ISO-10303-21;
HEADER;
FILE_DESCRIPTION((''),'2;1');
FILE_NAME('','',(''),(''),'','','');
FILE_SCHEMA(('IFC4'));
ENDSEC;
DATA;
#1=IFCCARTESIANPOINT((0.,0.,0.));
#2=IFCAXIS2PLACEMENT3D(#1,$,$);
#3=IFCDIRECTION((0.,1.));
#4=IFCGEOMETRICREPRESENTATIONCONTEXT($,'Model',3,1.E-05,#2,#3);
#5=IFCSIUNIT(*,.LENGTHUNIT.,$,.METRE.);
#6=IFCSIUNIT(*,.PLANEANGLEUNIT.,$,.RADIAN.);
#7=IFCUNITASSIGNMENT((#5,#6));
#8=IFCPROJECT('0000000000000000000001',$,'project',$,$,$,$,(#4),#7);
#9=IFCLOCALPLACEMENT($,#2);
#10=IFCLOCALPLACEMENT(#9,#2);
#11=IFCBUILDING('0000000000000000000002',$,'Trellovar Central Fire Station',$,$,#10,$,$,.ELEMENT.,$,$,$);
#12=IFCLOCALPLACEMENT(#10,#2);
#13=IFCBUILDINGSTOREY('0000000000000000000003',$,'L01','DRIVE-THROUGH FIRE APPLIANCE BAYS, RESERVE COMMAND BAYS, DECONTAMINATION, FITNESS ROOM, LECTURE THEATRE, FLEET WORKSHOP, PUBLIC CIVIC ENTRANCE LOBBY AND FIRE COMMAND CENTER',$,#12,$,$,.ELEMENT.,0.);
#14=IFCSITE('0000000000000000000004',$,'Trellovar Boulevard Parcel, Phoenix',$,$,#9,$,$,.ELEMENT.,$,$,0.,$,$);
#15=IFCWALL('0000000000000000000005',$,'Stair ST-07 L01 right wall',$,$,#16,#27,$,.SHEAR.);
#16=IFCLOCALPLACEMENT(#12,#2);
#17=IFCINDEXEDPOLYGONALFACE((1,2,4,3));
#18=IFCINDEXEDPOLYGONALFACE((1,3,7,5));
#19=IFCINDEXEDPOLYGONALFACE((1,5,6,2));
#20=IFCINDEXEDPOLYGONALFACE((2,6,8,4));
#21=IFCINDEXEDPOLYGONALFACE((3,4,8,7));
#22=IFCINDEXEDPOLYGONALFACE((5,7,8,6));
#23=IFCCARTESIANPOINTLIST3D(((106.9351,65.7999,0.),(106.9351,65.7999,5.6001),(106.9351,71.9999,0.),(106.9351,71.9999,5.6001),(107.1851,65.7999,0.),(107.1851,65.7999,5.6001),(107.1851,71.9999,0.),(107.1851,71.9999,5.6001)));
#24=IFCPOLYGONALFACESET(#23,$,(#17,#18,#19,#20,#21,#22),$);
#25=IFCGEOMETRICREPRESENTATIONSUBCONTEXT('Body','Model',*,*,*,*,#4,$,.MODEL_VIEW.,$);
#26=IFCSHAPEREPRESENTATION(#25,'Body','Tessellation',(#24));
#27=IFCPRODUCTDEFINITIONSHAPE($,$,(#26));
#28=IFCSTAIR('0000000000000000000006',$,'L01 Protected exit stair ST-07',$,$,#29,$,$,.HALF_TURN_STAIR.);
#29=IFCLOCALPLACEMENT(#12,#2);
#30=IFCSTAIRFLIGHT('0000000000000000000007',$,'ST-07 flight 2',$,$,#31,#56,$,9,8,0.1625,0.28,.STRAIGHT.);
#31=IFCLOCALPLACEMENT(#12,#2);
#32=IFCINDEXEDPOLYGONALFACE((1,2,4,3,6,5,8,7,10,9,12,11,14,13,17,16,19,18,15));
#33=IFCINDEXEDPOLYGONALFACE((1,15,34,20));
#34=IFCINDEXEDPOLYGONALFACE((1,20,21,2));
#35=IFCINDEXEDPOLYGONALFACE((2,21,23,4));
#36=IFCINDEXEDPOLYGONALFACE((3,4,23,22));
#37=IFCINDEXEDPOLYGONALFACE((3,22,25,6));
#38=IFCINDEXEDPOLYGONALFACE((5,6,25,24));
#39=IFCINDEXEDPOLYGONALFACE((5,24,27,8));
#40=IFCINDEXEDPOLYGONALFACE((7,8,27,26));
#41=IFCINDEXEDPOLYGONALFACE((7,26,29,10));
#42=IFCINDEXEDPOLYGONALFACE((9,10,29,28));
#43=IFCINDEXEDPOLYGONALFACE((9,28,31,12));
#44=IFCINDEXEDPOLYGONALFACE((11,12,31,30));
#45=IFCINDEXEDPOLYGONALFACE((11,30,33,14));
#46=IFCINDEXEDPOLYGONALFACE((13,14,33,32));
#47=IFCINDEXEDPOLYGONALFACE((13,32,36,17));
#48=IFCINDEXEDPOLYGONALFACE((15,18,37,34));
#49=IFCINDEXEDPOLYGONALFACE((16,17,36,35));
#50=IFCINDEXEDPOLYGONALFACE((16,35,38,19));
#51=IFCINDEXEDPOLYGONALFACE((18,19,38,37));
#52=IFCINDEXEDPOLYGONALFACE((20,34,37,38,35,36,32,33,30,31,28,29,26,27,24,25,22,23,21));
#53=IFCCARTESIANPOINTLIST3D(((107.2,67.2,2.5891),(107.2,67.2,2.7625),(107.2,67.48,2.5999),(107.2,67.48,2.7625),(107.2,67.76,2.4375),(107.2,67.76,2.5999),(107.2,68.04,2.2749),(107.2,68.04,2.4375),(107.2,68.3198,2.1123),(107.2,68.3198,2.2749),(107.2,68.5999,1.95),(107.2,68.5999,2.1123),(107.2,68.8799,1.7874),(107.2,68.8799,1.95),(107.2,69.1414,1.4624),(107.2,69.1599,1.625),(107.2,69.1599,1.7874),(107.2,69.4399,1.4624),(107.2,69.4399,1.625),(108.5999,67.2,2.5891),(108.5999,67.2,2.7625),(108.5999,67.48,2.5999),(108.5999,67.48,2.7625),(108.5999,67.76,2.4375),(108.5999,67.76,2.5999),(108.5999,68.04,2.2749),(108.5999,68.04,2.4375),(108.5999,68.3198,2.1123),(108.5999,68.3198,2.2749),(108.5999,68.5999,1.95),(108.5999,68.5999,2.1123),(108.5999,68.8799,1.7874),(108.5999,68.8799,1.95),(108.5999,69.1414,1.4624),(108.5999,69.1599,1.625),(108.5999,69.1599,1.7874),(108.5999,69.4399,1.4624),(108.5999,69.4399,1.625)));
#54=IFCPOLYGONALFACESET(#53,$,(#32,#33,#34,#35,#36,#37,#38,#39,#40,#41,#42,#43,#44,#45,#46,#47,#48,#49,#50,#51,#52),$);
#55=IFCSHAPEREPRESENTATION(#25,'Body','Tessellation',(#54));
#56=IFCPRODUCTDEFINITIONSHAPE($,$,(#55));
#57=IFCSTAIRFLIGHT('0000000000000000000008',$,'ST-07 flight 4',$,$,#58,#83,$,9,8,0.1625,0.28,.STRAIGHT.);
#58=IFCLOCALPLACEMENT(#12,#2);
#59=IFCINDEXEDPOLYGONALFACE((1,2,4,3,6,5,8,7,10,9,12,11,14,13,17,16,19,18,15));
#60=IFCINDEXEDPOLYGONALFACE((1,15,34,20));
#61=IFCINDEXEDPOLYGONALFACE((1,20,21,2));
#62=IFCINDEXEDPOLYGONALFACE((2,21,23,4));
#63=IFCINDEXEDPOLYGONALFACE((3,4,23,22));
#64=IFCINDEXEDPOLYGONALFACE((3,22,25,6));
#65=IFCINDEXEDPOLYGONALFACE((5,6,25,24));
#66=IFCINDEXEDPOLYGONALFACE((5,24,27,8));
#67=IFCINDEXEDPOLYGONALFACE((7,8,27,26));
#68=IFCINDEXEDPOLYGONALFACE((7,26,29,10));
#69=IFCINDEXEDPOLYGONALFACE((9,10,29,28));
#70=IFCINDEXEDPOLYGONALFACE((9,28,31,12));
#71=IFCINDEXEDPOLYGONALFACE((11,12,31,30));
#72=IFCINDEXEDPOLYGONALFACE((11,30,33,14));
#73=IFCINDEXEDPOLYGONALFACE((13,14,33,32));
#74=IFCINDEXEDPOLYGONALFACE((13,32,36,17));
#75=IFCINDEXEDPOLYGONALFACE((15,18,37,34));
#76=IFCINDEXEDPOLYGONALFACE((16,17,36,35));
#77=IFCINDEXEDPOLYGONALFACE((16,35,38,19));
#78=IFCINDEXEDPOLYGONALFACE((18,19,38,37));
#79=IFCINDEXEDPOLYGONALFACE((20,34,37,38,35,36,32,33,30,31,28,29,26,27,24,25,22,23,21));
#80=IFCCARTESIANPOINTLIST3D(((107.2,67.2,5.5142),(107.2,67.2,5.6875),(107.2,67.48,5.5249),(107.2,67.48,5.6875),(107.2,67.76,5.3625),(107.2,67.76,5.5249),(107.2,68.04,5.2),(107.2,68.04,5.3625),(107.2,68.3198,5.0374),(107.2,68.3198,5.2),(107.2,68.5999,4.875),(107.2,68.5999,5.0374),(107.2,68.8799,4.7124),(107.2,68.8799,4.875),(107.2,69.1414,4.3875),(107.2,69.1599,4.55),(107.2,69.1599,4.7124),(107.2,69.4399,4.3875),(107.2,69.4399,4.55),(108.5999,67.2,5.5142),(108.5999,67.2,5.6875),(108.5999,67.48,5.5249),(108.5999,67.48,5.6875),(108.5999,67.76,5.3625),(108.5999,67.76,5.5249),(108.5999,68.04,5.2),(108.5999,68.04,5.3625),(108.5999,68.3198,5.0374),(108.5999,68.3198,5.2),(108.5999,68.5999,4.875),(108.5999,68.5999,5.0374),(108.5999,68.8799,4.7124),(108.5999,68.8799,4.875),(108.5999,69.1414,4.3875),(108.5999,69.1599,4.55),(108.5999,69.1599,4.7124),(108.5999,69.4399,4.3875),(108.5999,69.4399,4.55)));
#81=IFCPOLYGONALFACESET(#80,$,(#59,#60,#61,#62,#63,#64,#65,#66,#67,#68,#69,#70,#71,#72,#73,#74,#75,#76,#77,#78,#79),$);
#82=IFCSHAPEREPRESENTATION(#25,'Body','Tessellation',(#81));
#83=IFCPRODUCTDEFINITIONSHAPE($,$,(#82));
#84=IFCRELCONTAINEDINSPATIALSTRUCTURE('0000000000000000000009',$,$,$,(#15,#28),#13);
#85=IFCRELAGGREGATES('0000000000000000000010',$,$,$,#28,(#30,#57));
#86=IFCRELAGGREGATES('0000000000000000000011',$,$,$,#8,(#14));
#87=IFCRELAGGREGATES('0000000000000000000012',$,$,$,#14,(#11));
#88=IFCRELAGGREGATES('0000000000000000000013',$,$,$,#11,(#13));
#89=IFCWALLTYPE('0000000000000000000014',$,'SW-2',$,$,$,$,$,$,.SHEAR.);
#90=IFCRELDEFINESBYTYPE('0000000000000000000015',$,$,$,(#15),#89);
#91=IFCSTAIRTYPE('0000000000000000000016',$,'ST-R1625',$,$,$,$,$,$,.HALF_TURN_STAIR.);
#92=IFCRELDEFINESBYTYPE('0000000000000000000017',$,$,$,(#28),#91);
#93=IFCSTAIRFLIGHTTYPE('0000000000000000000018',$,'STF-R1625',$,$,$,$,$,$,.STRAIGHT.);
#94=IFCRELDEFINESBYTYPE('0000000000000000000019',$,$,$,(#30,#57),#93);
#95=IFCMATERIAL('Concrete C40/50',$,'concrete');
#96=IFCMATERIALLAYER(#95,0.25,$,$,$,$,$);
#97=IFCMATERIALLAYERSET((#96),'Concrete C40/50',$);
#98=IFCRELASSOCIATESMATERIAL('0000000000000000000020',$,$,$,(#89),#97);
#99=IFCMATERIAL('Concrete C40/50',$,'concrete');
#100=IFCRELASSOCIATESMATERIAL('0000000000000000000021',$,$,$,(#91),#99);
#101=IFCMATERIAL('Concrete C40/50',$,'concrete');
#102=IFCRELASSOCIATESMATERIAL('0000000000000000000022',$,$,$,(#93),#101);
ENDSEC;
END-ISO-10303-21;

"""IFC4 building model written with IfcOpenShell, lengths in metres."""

from ifc_helpers import new_model, si_unit, direction, frame, frame_2d, origin, place, context, subcontext, project, spatial, polyline, rectangle, outline, extrude, material, layer, layer_set, type_object, element, aggregate, save


model = new_model("IFC4")

# Units and contexts
model_context = context("Model", 3, precision=1e-05, world=origin(), true_north=direction((0.0, 1.0)))
body_context = subcontext(model_context, "Body", "Model", "MODEL_VIEW")
ifc_project = project(units=[si_unit("LENGTHUNIT", "METRE"), si_unit("PLANEANGLEUNIT", "RADIAN")], contexts=[model_context])

# Site, building, storey
site_placement = place(None, origin())
site = spatial("IfcSite", under=ifc_project, at=site_placement, Name="Trellovar Boulevard Parcel, Phoenix", CompositionType="ELEMENT", RefElevation=0.0)
building_placement = place(site_placement, origin())
building = spatial("IfcBuilding", under=site, at=building_placement, Name="Trellovar Central Fire Station", CompositionType="ELEMENT")
storey_placement = place(building_placement, origin())
storey = spatial("IfcBuildingStorey", under=building, at=storey_placement, Name="L01", Description="DRIVE-THROUGH FIRE APPLIANCE BAYS, RESERVE COMMAND BAYS, DECONTAMINATION, FITNESS ROOM, LECTURE THEATRE, FLEET WORKSHOP, PUBLIC CIVIC ENTRANCE LOBBY AND FIRE COMMAND CENTER", CompositionType="ELEMENT", Elevation=0.0)

# Wall
ifc_material_1 = material(Name="Concrete C40/50", Category="concrete")
ifc_layer_1 = layer(ifc_material_1, 0.25)
ifc_layer_set_1 = layer_set([ifc_layer_1], Name="Concrete C40/50")
wall_type_1 = type_object("IfcWallType", Name="SW-2", PredefinedType="SHEAR", material=ifc_layer_set_1)
wall_1_placement = place(storey_placement, frame((107.0601, 72.0, 0.0), z_axis=(0.0, 0.0, 1.0), x_axis=(0.0, -1.0, 0.0)))
element("IfcWall", 1, at=wall_1_placement, inside=storey, type_object=wall_type_1, Name="Stair ST-07 L01 right wall", PredefinedType="SHEAR", context=body_context, shape_type="SweptSolid", body=[
    extrude(rectangle(XDim=6.2, YDim=0.25, at=frame_2d((3.1001, 0.0))), origin(), (0.0, 0.0, 1.0), 5.6001),
])

# Stair, stair flights
ifc_material_2 = material(Name="Concrete C40/50", Category="concrete")
stair_type = type_object("IfcStairType", Name="ST-R1625", PredefinedType="HALF_TURN_STAIR", material=ifc_material_2)
stair_placement = place(storey_placement, origin())
stair = element("IfcStair", 2, at=stair_placement, inside=storey, type_object=stair_type, Name="L01 Protected exit stair ST-07", PredefinedType="HALF_TURN_STAIR")
ifc_material_3 = material(Name="Concrete C40/50", Category="concrete")
stair_flight_type = type_object("IfcStairFlightType", Name="STF-R1625", PredefinedType="STRAIGHT", material=ifc_material_3)
stair_flight_1_placement = place(storey_placement, frame((107.8999, 69.4399, 1.4624), z_axis=(0.0, 0.0, 1.0), x_axis=(0.0, -1.0, 0.0)))
stair_flight_1 = element("IfcStairFlight", 3, at=stair_flight_1_placement, type_object=stair_flight_type, Name="ST-07 flight 2", NumberOfRisers=9, NumberOfTreads=8, PredefinedType="STRAIGHT", RiserHeight=0.1625, TreadLength=0.28, context=body_context, shape_type="SweptSolid", body=[
    extrude(outline(polyline([(0.0, 0.0), (0.0, 0.1626), (0.28, 0.1626), (0.28, 0.325), (0.5601, 0.325), (0.5601, 0.4875), (0.8401, 0.4875), (0.8401, 0.6499), (1.1201, 0.6499), (1.1201, 0.8125), (1.3999, 0.8125), (1.3999, 0.9751), (1.6799, 0.9751), (1.6799, 1.1375), (1.96, 1.1375), (1.96, 1.3), (2.24, 1.3), (2.24, 1.4624), (2.24, 1.1267), (0.2986, 0.0), (0.0, 0.0)])), frame((0.0, 0.7, 0.0), z_axis=(0.0, -1.0, 0.0), x_axis=(1.0, 0.0, 0.0)), (0.0, 0.0, 1.0), 1.3999),
])
stair_flight_2_placement = place(storey_placement, frame((107.8999, 69.4399, 4.3875), z_axis=(0.0, 0.0, 1.0), x_axis=(0.0, -1.0, 0.0)))
stair_flight_2 = element("IfcStairFlight", 4, at=stair_flight_2_placement, type_object=stair_flight_type, Name="ST-07 flight 4", NumberOfRisers=9, NumberOfTreads=8, PredefinedType="STRAIGHT", RiserHeight=0.1625, TreadLength=0.28, context=body_context, shape_type="SweptSolid", body=[
    extrude(outline(polyline([(0.0, 0.0), (0.0, 0.1626), (0.28, 0.1626), (0.28, 0.325), (0.5601, 0.325), (0.5601, 0.4875), (0.8401, 0.4875), (0.8401, 0.6499), (1.1201, 0.6499), (1.1201, 0.8125), (1.3999, 0.8125), (1.3999, 0.9751), (1.6799, 0.9751), (1.6799, 1.1375), (1.96, 1.1375), (1.96, 1.3), (2.24, 1.3), (2.24, 1.4624), (2.24, 1.1267), (0.2986, 0.0), (0.0, 0.0)])), frame((0.0, 0.7, 0.0), z_axis=(0.0, -1.0, 0.0), x_axis=(1.0, 0.0, 0.0)), (0.0, 0.0, 1.0), 1.3999),
])
aggregate(stair, [stair_flight_1, stair_flight_2])

save(model, "model.ifc")
